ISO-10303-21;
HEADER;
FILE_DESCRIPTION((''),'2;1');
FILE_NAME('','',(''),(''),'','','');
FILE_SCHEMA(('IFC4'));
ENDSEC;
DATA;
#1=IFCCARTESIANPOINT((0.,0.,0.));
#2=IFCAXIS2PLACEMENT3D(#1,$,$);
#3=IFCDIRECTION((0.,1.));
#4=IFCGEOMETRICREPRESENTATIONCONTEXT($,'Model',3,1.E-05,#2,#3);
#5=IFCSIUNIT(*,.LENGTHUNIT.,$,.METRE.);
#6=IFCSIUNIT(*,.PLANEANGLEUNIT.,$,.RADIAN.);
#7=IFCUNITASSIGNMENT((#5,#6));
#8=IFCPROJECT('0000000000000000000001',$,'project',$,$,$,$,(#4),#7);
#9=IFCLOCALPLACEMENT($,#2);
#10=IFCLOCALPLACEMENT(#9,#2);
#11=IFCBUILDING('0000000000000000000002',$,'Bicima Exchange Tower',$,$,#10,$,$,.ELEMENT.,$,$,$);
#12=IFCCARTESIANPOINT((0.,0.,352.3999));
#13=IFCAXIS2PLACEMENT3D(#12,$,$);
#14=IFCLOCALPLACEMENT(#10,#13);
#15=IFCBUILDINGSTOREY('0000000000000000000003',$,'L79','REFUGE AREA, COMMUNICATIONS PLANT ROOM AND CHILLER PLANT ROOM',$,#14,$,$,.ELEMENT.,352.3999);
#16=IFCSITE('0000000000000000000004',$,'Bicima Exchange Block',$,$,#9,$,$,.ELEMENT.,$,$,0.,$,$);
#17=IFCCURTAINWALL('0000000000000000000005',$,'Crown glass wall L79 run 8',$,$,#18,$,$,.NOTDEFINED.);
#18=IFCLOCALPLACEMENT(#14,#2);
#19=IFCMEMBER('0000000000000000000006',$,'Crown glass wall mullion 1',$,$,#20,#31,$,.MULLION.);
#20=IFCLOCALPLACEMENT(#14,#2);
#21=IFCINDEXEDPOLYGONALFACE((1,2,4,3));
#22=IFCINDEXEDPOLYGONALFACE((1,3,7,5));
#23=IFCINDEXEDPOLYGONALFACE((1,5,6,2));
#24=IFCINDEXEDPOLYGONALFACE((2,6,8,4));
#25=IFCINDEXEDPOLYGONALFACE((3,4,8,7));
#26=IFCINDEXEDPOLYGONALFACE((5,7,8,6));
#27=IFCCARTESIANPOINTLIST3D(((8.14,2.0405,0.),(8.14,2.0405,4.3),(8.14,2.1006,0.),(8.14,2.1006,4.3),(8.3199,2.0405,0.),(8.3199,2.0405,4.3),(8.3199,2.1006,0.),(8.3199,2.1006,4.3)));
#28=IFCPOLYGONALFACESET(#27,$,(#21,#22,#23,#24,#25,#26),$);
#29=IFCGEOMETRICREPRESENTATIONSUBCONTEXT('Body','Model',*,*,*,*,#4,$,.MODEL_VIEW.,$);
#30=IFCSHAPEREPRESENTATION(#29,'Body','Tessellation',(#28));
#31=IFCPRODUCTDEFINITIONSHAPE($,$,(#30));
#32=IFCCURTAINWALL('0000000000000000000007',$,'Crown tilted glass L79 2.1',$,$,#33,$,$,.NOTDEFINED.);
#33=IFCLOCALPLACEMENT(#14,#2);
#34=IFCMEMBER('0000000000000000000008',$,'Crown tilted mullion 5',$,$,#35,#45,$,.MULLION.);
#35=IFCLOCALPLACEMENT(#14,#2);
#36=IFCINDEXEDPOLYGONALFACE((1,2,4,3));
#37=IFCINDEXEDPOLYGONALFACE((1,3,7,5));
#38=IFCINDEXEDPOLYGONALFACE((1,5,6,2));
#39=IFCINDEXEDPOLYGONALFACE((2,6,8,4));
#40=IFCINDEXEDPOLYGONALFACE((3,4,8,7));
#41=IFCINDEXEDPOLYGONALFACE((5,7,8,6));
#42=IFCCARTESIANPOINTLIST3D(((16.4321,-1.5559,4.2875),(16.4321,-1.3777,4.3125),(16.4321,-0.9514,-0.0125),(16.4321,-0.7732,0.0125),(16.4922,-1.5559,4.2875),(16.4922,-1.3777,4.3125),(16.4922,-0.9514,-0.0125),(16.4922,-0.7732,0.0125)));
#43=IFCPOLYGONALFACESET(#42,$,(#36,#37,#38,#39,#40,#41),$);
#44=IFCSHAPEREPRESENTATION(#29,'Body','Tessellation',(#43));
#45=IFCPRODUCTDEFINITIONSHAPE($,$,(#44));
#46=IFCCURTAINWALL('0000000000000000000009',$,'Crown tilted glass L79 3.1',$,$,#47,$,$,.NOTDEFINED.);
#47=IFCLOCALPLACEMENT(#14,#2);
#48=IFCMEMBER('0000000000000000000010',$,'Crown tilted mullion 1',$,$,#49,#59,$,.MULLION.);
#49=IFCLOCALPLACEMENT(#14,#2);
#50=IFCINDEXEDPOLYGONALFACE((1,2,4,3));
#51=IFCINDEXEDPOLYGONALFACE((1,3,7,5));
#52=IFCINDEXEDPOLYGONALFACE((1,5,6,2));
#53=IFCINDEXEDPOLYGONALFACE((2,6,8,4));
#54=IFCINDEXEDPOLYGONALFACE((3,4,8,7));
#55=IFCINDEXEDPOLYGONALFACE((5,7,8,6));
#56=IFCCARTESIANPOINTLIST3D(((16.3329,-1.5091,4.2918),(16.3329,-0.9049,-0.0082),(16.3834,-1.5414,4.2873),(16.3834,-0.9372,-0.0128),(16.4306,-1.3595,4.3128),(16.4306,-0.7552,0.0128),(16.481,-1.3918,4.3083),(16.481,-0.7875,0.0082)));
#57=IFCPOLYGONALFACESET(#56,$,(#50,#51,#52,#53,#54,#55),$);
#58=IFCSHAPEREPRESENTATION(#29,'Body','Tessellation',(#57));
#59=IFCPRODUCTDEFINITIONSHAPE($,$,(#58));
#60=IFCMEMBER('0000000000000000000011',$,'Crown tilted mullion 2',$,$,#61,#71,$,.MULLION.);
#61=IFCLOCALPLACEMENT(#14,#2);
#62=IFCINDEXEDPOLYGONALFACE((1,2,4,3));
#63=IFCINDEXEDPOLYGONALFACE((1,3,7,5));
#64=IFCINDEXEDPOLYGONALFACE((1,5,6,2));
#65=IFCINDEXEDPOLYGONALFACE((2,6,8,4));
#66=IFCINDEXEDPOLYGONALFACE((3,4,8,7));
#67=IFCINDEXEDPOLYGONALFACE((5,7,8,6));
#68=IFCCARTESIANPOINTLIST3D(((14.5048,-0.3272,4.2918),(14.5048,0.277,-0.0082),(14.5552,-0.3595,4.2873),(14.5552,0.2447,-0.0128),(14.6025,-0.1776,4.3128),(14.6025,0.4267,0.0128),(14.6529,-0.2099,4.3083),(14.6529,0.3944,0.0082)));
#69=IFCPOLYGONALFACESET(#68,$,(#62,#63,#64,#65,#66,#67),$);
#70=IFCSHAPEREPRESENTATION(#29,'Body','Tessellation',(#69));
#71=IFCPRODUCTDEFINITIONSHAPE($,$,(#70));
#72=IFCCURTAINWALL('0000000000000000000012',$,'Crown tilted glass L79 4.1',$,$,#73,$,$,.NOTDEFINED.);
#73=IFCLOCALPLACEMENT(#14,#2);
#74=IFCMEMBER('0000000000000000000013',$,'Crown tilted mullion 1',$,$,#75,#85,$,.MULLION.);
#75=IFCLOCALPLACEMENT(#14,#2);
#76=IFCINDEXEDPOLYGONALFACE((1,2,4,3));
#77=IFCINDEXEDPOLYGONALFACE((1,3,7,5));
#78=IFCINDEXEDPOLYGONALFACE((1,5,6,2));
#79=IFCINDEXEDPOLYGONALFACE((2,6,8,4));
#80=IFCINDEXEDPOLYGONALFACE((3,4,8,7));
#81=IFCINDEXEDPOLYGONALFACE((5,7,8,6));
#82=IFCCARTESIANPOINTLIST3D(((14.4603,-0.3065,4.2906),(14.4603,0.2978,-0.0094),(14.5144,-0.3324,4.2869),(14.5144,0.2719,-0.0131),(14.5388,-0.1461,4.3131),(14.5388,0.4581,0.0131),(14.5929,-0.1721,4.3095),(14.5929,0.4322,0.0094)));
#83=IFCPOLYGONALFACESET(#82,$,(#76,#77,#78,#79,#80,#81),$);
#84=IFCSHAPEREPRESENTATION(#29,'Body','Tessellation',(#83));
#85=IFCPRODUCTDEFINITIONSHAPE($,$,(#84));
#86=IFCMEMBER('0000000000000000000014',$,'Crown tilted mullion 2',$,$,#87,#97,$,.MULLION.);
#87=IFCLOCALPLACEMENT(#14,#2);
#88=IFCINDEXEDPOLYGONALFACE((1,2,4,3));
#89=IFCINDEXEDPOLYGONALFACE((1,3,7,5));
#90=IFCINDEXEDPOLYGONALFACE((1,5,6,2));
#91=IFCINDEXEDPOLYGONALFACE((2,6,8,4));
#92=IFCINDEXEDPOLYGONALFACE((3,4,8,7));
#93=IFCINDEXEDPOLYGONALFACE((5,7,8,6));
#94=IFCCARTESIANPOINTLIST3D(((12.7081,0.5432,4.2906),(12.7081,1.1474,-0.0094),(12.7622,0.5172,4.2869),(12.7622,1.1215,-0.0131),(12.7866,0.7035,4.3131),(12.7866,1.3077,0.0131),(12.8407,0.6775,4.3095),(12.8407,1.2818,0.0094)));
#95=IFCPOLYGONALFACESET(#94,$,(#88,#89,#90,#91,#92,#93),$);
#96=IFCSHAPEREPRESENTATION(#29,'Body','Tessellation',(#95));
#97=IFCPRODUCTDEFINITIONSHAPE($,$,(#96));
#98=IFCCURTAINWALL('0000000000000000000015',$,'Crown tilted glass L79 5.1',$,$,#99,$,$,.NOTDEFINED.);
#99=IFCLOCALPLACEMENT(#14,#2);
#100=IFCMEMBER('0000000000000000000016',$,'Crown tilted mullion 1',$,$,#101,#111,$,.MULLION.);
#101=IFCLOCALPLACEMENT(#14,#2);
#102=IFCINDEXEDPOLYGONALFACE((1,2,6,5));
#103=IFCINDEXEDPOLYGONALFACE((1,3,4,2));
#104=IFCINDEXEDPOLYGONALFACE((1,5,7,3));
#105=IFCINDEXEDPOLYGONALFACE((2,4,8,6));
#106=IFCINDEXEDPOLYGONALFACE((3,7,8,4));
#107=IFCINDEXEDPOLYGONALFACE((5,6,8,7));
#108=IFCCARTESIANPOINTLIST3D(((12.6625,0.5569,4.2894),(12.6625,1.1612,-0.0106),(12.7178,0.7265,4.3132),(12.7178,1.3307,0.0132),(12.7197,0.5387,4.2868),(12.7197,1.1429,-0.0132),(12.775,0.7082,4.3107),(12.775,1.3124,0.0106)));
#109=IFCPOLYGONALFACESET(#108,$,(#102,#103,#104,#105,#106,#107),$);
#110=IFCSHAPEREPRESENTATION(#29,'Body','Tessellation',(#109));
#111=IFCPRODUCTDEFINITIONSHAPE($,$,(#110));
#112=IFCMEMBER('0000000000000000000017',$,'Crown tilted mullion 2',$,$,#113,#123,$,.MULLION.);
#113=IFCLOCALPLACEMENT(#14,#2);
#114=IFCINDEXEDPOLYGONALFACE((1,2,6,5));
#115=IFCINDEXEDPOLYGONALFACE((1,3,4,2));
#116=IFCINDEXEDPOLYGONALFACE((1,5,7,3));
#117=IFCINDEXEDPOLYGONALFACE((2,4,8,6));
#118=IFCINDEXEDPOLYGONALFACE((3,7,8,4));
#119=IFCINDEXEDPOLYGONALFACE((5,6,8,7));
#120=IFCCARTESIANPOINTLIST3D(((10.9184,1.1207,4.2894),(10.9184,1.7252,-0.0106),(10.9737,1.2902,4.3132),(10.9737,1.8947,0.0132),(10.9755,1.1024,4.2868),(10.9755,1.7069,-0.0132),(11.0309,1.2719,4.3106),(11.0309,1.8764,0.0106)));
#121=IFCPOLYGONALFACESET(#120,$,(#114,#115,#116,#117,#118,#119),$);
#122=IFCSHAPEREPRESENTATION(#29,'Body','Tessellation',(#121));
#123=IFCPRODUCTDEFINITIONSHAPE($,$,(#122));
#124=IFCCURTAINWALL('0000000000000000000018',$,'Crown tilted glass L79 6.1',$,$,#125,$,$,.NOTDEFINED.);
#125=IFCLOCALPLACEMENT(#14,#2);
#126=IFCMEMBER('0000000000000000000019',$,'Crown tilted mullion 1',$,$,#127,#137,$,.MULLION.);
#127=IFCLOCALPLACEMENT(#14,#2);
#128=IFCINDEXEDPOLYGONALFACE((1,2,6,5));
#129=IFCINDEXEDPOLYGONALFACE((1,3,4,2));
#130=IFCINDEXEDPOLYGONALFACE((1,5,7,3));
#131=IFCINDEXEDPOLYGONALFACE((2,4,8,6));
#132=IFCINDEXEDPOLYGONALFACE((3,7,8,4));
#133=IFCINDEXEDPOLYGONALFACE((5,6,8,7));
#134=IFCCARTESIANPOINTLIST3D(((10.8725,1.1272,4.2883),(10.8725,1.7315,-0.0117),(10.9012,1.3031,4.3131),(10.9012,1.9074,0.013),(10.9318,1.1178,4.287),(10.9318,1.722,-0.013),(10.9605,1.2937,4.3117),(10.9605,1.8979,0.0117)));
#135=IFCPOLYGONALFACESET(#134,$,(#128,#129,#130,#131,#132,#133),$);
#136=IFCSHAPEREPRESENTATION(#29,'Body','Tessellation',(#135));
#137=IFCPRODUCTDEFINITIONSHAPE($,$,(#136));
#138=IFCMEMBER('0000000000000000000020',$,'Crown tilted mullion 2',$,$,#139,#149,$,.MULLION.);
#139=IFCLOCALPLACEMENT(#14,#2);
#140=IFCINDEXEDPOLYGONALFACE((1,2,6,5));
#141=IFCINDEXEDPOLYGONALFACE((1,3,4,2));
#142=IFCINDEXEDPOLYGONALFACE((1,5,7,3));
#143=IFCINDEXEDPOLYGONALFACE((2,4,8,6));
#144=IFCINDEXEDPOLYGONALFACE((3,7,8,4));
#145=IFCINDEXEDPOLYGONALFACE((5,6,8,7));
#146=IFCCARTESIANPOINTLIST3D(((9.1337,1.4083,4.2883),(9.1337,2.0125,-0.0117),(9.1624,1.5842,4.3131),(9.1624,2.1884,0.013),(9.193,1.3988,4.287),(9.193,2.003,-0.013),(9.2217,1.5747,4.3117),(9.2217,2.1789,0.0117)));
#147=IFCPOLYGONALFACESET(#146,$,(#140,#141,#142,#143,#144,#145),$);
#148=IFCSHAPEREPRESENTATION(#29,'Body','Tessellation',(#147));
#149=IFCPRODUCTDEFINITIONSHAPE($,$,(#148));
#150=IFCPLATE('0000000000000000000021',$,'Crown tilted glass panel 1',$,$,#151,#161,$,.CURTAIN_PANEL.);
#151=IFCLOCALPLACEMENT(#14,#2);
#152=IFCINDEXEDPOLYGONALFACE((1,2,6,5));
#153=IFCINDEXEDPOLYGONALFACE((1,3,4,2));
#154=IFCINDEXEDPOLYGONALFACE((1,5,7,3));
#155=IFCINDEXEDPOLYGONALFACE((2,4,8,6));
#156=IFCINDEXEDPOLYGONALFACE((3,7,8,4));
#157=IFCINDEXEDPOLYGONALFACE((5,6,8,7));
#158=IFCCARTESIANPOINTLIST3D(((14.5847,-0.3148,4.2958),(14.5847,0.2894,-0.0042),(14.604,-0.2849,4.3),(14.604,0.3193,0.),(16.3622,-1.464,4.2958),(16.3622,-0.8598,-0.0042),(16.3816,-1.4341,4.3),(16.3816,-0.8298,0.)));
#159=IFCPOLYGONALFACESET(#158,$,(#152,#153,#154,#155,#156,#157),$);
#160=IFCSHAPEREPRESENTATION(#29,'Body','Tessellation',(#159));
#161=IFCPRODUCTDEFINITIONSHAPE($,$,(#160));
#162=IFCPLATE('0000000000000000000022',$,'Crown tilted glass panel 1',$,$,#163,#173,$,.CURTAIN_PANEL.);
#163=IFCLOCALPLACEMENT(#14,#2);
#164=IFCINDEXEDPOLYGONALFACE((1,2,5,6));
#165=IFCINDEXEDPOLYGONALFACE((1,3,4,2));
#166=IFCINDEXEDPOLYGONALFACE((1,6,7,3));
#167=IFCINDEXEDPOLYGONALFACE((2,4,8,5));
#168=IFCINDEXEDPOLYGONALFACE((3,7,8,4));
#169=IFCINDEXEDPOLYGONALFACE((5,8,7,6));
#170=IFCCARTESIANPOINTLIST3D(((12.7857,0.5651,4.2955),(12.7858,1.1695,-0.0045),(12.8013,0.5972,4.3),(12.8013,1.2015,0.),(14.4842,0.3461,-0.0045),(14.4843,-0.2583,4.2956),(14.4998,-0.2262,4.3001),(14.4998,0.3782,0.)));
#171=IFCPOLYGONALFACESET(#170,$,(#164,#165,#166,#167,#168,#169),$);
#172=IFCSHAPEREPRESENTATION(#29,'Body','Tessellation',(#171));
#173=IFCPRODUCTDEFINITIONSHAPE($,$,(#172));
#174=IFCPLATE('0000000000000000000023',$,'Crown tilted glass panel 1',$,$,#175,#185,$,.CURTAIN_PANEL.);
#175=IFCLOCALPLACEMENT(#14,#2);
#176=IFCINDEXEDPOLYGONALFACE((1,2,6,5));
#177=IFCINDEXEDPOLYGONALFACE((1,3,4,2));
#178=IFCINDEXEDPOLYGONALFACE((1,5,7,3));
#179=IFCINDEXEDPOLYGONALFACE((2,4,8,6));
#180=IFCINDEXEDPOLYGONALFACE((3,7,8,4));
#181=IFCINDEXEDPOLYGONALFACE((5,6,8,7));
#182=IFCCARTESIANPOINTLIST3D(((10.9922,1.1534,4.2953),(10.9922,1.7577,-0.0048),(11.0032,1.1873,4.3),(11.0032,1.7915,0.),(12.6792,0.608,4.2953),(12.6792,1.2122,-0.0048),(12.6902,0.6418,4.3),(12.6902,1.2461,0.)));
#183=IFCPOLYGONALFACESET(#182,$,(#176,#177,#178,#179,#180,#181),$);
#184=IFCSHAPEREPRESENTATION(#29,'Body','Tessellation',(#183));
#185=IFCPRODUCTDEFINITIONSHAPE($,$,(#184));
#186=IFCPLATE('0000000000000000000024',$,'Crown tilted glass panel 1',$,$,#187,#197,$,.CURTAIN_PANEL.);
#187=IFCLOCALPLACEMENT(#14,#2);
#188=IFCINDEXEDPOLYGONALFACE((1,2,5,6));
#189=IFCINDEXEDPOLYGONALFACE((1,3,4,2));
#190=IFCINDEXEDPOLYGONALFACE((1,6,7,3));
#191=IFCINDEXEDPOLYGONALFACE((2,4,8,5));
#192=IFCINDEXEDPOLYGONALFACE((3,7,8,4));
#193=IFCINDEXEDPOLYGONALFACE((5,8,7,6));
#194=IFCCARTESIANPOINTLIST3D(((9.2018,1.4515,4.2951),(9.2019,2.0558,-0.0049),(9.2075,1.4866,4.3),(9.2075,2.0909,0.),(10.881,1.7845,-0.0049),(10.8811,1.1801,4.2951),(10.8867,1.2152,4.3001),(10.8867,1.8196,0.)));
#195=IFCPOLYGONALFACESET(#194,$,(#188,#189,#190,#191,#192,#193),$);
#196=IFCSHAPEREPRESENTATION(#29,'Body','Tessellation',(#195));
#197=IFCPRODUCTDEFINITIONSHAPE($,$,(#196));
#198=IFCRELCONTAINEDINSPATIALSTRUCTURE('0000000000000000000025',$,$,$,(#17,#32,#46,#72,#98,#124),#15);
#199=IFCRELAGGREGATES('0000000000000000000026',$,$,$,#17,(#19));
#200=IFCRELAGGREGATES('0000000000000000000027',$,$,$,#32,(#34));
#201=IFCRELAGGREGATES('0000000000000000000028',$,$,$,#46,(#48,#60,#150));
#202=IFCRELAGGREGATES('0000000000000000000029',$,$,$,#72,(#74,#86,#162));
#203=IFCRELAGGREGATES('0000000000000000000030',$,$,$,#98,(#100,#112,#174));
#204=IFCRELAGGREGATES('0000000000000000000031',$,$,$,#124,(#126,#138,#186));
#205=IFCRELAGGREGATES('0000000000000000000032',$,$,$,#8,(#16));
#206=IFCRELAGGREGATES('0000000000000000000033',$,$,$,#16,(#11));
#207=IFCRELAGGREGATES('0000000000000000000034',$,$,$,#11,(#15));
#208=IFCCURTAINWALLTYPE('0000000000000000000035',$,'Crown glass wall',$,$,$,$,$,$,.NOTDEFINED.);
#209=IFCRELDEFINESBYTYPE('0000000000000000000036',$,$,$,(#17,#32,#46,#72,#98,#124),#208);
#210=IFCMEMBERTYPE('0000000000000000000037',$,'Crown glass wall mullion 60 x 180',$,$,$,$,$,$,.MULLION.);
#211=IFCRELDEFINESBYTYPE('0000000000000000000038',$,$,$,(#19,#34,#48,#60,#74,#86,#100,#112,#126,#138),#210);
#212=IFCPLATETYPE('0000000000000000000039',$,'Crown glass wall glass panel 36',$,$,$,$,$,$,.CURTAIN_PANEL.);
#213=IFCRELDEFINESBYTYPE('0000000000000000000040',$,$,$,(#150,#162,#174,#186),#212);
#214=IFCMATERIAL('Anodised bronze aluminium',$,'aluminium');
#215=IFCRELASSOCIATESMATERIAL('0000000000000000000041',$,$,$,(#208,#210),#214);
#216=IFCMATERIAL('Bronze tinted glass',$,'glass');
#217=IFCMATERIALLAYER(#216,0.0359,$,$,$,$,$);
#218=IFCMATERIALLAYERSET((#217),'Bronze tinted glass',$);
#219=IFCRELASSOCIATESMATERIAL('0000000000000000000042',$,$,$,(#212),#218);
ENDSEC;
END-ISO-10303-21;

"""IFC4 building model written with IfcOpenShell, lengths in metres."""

from ifc_helpers import new_model, si_unit, direction, frame, origin, origin_2d, place, context, subcontext, project, spatial, polyline, rectangle, outline, extrude, material, layer, layer_set, material_profile, profile_set, type_object, element, aggregate, save


model = new_model("IFC4")

# Units and contexts
model_context = context("Model", 3, precision=1e-05, world=origin(), true_north=direction((0.0, 1.0)))
body_context = subcontext(model_context, "Body", "Model", "MODEL_VIEW")
ifc_project = project(units=[si_unit("LENGTHUNIT", "METRE"), si_unit("PLANEANGLEUNIT", "RADIAN")], contexts=[model_context])

# Site, building, storey
site_placement = place(None, origin())
site = spatial("IfcSite", under=ifc_project, at=site_placement, Name="Bicima Exchange Block", CompositionType="ELEMENT", RefElevation=0.0)
building_placement = place(site_placement, origin())
building = spatial("IfcBuilding", under=site, at=building_placement, Name="Bicima Exchange Tower", CompositionType="ELEMENT")
storey_placement = place(building_placement, frame((0.0, 0.0, 352.3999)))
storey = spatial("IfcBuildingStorey", under=building, at=storey_placement, Name="L79", Description="REFUGE AREA, COMMUNICATIONS PLANT ROOM AND CHILLER PLANT ROOM", CompositionType="ELEMENT", Elevation=352.3999)

# Curtain walls, members
ifc_material_1 = material(Name="Anodised bronze aluminium", Category="aluminium")
curtain_wall_type = type_object("IfcCurtainWallType", Name="Crown glass wall", PredefinedType="NOTDEFINED", material=ifc_material_1)
curtain_wall_1_placement = place(storey_placement, origin())
curtain_wall_1 = element("IfcCurtainWall", 1, at=curtain_wall_1_placement, inside=storey, type_object=curtain_wall_type, Name="Crown glass wall L79 run 8", PredefinedType="NOTDEFINED")
ifc_material_profile = material_profile(ifc_material_1, rectangle(XDim=0.1799, YDim=0.0601, at=origin_2d()))
ifc_profile_set = profile_set([ifc_material_profile], Name="Anodised bronze aluminium")
member_type = type_object("IfcMemberType", Name="Crown glass wall mullion 60 x 180", PredefinedType="MULLION", material=ifc_profile_set)
member_1_placement = place(storey_placement, frame((8.23, 2.0706, 0.0), z_axis=(0.0, 0.0, 1.0), x_axis=(1.0, 0.0, 0.0)))
member_1 = element("IfcMember", 2, at=member_1_placement, type_object=member_type, Name="Crown glass wall mullion 1", PredefinedType="MULLION", context=body_context, shape_type="SweptSolid", body=[
    extrude(rectangle(XDim=0.1799, YDim=0.0601, at=origin_2d()), origin(), (0.0, 0.0, 1.0), 4.3),
])
aggregate(curtain_wall_1, [member_1])
curtain_wall_2_placement = place(storey_placement, origin())
curtain_wall_2 = element("IfcCurtainWall", 3, at=curtain_wall_2_placement, inside=storey, type_object=curtain_wall_type, Name="Crown tilted glass L79 2.1", PredefinedType="NOTDEFINED")
member_2_placement = place(storey_placement, frame((16.4622, -0.8623, 0.0), z_axis=(0.0, -0.139209, 0.990263), x_axis=(0.0, -0.990263, -0.139209)))
member_2 = element("IfcMember", 4, at=member_2_placement, type_object=member_type, Name="Crown tilted mullion 5", PredefinedType="MULLION", context=body_context, shape_type="SweptSolid", body=[
    extrude(rectangle(XDim=0.1799, YDim=0.0601, at=origin_2d()), origin(), (0.0, 0.0, 1.0), 4.3423),
])
aggregate(curtain_wall_2, [member_2])

# Curtain walls, members
curtain_wall_3_placement = place(storey_placement, origin())
curtain_wall_3 = element("IfcCurtainWall", 5, at=curtain_wall_3_placement, inside=storey, type_object=curtain_wall_type, Name="Crown tilted glass L79 3.1", PredefinedType="NOTDEFINED")
member_3_placement = place(storey_placement, frame((16.407, -0.8462, 0.0), z_axis=(0.0, -0.139154, 0.990271), x_axis=(-0.542911, -0.83162, -0.11686)))
member_3 = element("IfcMember", 6, at=member_3_placement, type_object=member_type, Name="Crown tilted mullion 1", PredefinedType="MULLION", context=body_context, shape_type="SweptSolid", body=[
    extrude(rectangle(XDim=0.1799, YDim=0.0601, at=origin_2d()), origin(), (0.0, 0.0, 1.0), 4.3423),
])
member_4_placement = place(storey_placement, frame((14.5789, 0.3357, 0.0), z_axis=(0.0, -0.139154, 0.990271), x_axis=(-0.542911, -0.83162, -0.11686)))
member_4 = element("IfcMember", 7, at=member_4_placement, type_object=member_type, Name="Crown tilted mullion 2", PredefinedType="MULLION", context=body_context, shape_type="SweptSolid", body=[
    extrude(rectangle(XDim=0.1799, YDim=0.0601, at=origin_2d()), origin(), (0.0, 0.0, 1.0), 4.3423),
])
curtain_wall_4_placement = place(storey_placement, origin())
curtain_wall_4 = element("IfcCurtainWall", 8, at=curtain_wall_4_placement, inside=storey, type_object=curtain_wall_type, Name="Crown tilted glass L79 4.1", PredefinedType="NOTDEFINED")
member_5_placement = place(storey_placement, frame((14.5266, 0.365, 0.0), z_axis=(0.0, -0.139154, 0.990271), x_axis=(-0.436225, -0.891083, -0.125216)))
member_5 = element("IfcMember", 9, at=member_5_placement, type_object=member_type, Name="Crown tilted mullion 1", PredefinedType="MULLION", context=body_context, shape_type="SweptSolid", body=[
    extrude(rectangle(XDim=0.1799, YDim=0.0601, at=origin_2d()), origin(), (0.0, 0.0, 1.0), 4.3423),
])
member_6_placement = place(storey_placement, frame((12.7744, 1.2146, 0.0), z_axis=(0.0, -0.139154, 0.990271), x_axis=(-0.436225, -0.891083, -0.125216)))
member_6 = element("IfcMember", 10, at=member_6_placement, type_object=member_type, Name="Crown tilted mullion 2", PredefinedType="MULLION", context=body_context, shape_type="SweptSolid", body=[
    extrude(rectangle(XDim=0.1799, YDim=0.0601, at=origin_2d()), origin(), (0.0, 0.0, 1.0), 4.3423),
])
curtain_wall_5_placement = place(storey_placement, origin())
curtain_wall_5 = element("IfcCurtainWall", 11, at=curtain_wall_5_placement, inside=storey, type_object=curtain_wall_type, Name="Crown tilted glass L79 5.1", PredefinedType="NOTDEFINED")
member_7_placement = place(storey_placement, frame((12.7188, 1.2368, 0.0), z_axis=(0.0, -0.139154, 0.990271), x_axis=(-0.307573, -0.942267, -0.132408)))
member_7 = element("IfcMember", 12, at=member_7_placement, type_object=member_type, Name="Crown tilted mullion 1", PredefinedType="MULLION", context=body_context, shape_type="SweptSolid", body=[
    extrude(rectangle(XDim=0.1799, YDim=0.0601, at=origin_2d()), origin(), (0.0, 0.0, 1.0), 4.3423),
])
member_8_placement = place(storey_placement, frame((10.9746, 1.8008, 0.0), z_axis=(0.0, -0.139209, 0.990263), x_axis=(-0.307573, -0.94226, -0.132461)))
member_8 = element("IfcMember", 13, at=member_8_placement, type_object=member_type, Name="Crown tilted mullion 2", PredefinedType="MULLION", context=body_context, shape_type="SweptSolid", body=[
    extrude(rectangle(XDim=0.1799, YDim=0.0601, at=origin_2d()), origin(), (0.0, 0.0, 1.0), 4.3423),
])
curtain_wall_6_placement = place(storey_placement, origin())
curtain_wall_6 = element("IfcCurtainWall", 14, at=curtain_wall_6_placement, inside=storey, type_object=curtain_wall_type, Name="Crown tilted glass L79 6.1", PredefinedType="NOTDEFINED")
member_9_placement = place(storey_placement, frame((10.9165, 1.8147, 0.0), z_axis=(0.0, -0.139154, 0.990271), x_axis=(-0.15955, -0.977585, -0.137371)))
member_9 = element("IfcMember", 15, at=member_9_placement, type_object=member_type, Name="Crown tilted mullion 1", PredefinedType="MULLION", context=body_context, shape_type="SweptSolid", body=[
    extrude(rectangle(XDim=0.1799, YDim=0.0601, at=origin_2d()), origin(), (0.0, 0.0, 1.0), 4.3423),
])
member_10_placement = place(storey_placement, frame((9.1777, 2.0957, 0.0), z_axis=(0.0, -0.139154, 0.990271), x_axis=(-0.15955, -0.977585, -0.137371)))
member_10 = element("IfcMember", 16, at=member_10_placement, type_object=member_type, Name="Crown tilted mullion 2", PredefinedType="MULLION", context=body_context, shape_type="SweptSolid", body=[
    extrude(rectangle(XDim=0.1799, YDim=0.0601, at=origin_2d()), origin(), (0.0, 0.0, 1.0), 4.3423),
])

# Plates
ifc_material_2 = material(Name="Bronze tinted glass", Category="glass")
ifc_layer_1 = layer(ifc_material_2, 0.0359)
ifc_layer_set_1 = layer_set([ifc_layer_1], Name="Bronze tinted glass")
plate_type = type_object("IfcPlateType", Name="Crown glass wall glass panel 36", PredefinedType="CURTAIN_PANEL", material=ifc_layer_set_1)
plate_1_placement = place(storey_placement, frame((16.3816, -0.8298, 0.0), z_axis=(0.539166, 0.834006, 0.117195), x_axis=(-0.839793, 0.542907, 0.0)))
plate_1 = element("IfcPlate", 17, at=plate_1_placement, type_object=plate_type, Name="Crown tilted glass panel 1", PredefinedType="CURTAIN_PANEL", context=body_context, shape_type="SweptSolid", body=[
    extrude(outline(polyline([(0.0, 0.0), (2.1167, 0.0), (1.7886, 4.3299), (-0.3281, 4.3299), (0.0, 0.0)])), origin(), (0.0, 0.0, -1.0), 0.0359),
])
aggregate(curtain_wall_3, [member_3, member_4, plate_1])
plate_2_placement = place(storey_placement, frame((14.4998, 0.3782, 0.0), z_axis=(0.432764, 0.892733, 0.125473), x_axis=(-0.899845, 0.436211, 0.000007)))
plate_2 = element("IfcPlate", 18, at=plate_2_placement, type_object=plate_type, Name="Crown tilted glass panel 1", PredefinedType="CURTAIN_PANEL", context=body_context, shape_type="SweptSolid", body=[
    extrude(outline(polyline([(0.0, 0.0), (1.8875, 0.0), (1.6239, 4.3343), (-0.2637, 4.3343), (0.0, 0.0)])), origin(), (0.0, 0.0, -1.0), 0.0359),
])
aggregate(curtain_wall_4, [member_5, member_6, plate_2])
plate_3_placement = place(storey_placement, frame((12.6902, 1.2461, 0.0), z_axis=(0.304909, 0.943116, 0.132528), x_axis=(-0.951509, 0.307622, 0.0)))
plate_3 = element("IfcPlate", 19, at=plate_3_placement, type_object=plate_type, Name="Crown tilted glass panel 1", PredefinedType="CURTAIN_PANEL", context=body_context, shape_type="SweptSolid", body=[
    extrude(outline(polyline([(0.0, 0.0), (1.773, 0.0), (1.5871, 4.3383), (-0.1859, 4.3383), (0.0, 0.0)])), origin(), (0.0, 0.0, -1.0), 0.0359),
])
aggregate(curtain_wall_5, [member_7, member_8, plate_3])
plate_4_placement = place(storey_placement, frame((10.8867, 1.8196, 0.0), z_axis=(0.158019, 0.977825, 0.137433), x_axis=(-0.987193, 0.159531, 0.00001)))
plate_4 = element("IfcPlate", 20, at=plate_4_placement, type_object=plate_type, Name="Crown tilted glass panel 1", PredefinedType="CURTAIN_PANEL", context=body_context, shape_type="SweptSolid", body=[
    extrude(outline(polyline([(0.0, 0.0), (1.701, 0.0), (1.6046, 4.3412), (-0.0964, 4.3413), (0.0, 0.0)])), origin(), (0.0, 0.0, -1.0), 0.0359),
])
aggregate(curtain_wall_6, [member_9, member_10, plate_4])

save(model, "model.ifc")
